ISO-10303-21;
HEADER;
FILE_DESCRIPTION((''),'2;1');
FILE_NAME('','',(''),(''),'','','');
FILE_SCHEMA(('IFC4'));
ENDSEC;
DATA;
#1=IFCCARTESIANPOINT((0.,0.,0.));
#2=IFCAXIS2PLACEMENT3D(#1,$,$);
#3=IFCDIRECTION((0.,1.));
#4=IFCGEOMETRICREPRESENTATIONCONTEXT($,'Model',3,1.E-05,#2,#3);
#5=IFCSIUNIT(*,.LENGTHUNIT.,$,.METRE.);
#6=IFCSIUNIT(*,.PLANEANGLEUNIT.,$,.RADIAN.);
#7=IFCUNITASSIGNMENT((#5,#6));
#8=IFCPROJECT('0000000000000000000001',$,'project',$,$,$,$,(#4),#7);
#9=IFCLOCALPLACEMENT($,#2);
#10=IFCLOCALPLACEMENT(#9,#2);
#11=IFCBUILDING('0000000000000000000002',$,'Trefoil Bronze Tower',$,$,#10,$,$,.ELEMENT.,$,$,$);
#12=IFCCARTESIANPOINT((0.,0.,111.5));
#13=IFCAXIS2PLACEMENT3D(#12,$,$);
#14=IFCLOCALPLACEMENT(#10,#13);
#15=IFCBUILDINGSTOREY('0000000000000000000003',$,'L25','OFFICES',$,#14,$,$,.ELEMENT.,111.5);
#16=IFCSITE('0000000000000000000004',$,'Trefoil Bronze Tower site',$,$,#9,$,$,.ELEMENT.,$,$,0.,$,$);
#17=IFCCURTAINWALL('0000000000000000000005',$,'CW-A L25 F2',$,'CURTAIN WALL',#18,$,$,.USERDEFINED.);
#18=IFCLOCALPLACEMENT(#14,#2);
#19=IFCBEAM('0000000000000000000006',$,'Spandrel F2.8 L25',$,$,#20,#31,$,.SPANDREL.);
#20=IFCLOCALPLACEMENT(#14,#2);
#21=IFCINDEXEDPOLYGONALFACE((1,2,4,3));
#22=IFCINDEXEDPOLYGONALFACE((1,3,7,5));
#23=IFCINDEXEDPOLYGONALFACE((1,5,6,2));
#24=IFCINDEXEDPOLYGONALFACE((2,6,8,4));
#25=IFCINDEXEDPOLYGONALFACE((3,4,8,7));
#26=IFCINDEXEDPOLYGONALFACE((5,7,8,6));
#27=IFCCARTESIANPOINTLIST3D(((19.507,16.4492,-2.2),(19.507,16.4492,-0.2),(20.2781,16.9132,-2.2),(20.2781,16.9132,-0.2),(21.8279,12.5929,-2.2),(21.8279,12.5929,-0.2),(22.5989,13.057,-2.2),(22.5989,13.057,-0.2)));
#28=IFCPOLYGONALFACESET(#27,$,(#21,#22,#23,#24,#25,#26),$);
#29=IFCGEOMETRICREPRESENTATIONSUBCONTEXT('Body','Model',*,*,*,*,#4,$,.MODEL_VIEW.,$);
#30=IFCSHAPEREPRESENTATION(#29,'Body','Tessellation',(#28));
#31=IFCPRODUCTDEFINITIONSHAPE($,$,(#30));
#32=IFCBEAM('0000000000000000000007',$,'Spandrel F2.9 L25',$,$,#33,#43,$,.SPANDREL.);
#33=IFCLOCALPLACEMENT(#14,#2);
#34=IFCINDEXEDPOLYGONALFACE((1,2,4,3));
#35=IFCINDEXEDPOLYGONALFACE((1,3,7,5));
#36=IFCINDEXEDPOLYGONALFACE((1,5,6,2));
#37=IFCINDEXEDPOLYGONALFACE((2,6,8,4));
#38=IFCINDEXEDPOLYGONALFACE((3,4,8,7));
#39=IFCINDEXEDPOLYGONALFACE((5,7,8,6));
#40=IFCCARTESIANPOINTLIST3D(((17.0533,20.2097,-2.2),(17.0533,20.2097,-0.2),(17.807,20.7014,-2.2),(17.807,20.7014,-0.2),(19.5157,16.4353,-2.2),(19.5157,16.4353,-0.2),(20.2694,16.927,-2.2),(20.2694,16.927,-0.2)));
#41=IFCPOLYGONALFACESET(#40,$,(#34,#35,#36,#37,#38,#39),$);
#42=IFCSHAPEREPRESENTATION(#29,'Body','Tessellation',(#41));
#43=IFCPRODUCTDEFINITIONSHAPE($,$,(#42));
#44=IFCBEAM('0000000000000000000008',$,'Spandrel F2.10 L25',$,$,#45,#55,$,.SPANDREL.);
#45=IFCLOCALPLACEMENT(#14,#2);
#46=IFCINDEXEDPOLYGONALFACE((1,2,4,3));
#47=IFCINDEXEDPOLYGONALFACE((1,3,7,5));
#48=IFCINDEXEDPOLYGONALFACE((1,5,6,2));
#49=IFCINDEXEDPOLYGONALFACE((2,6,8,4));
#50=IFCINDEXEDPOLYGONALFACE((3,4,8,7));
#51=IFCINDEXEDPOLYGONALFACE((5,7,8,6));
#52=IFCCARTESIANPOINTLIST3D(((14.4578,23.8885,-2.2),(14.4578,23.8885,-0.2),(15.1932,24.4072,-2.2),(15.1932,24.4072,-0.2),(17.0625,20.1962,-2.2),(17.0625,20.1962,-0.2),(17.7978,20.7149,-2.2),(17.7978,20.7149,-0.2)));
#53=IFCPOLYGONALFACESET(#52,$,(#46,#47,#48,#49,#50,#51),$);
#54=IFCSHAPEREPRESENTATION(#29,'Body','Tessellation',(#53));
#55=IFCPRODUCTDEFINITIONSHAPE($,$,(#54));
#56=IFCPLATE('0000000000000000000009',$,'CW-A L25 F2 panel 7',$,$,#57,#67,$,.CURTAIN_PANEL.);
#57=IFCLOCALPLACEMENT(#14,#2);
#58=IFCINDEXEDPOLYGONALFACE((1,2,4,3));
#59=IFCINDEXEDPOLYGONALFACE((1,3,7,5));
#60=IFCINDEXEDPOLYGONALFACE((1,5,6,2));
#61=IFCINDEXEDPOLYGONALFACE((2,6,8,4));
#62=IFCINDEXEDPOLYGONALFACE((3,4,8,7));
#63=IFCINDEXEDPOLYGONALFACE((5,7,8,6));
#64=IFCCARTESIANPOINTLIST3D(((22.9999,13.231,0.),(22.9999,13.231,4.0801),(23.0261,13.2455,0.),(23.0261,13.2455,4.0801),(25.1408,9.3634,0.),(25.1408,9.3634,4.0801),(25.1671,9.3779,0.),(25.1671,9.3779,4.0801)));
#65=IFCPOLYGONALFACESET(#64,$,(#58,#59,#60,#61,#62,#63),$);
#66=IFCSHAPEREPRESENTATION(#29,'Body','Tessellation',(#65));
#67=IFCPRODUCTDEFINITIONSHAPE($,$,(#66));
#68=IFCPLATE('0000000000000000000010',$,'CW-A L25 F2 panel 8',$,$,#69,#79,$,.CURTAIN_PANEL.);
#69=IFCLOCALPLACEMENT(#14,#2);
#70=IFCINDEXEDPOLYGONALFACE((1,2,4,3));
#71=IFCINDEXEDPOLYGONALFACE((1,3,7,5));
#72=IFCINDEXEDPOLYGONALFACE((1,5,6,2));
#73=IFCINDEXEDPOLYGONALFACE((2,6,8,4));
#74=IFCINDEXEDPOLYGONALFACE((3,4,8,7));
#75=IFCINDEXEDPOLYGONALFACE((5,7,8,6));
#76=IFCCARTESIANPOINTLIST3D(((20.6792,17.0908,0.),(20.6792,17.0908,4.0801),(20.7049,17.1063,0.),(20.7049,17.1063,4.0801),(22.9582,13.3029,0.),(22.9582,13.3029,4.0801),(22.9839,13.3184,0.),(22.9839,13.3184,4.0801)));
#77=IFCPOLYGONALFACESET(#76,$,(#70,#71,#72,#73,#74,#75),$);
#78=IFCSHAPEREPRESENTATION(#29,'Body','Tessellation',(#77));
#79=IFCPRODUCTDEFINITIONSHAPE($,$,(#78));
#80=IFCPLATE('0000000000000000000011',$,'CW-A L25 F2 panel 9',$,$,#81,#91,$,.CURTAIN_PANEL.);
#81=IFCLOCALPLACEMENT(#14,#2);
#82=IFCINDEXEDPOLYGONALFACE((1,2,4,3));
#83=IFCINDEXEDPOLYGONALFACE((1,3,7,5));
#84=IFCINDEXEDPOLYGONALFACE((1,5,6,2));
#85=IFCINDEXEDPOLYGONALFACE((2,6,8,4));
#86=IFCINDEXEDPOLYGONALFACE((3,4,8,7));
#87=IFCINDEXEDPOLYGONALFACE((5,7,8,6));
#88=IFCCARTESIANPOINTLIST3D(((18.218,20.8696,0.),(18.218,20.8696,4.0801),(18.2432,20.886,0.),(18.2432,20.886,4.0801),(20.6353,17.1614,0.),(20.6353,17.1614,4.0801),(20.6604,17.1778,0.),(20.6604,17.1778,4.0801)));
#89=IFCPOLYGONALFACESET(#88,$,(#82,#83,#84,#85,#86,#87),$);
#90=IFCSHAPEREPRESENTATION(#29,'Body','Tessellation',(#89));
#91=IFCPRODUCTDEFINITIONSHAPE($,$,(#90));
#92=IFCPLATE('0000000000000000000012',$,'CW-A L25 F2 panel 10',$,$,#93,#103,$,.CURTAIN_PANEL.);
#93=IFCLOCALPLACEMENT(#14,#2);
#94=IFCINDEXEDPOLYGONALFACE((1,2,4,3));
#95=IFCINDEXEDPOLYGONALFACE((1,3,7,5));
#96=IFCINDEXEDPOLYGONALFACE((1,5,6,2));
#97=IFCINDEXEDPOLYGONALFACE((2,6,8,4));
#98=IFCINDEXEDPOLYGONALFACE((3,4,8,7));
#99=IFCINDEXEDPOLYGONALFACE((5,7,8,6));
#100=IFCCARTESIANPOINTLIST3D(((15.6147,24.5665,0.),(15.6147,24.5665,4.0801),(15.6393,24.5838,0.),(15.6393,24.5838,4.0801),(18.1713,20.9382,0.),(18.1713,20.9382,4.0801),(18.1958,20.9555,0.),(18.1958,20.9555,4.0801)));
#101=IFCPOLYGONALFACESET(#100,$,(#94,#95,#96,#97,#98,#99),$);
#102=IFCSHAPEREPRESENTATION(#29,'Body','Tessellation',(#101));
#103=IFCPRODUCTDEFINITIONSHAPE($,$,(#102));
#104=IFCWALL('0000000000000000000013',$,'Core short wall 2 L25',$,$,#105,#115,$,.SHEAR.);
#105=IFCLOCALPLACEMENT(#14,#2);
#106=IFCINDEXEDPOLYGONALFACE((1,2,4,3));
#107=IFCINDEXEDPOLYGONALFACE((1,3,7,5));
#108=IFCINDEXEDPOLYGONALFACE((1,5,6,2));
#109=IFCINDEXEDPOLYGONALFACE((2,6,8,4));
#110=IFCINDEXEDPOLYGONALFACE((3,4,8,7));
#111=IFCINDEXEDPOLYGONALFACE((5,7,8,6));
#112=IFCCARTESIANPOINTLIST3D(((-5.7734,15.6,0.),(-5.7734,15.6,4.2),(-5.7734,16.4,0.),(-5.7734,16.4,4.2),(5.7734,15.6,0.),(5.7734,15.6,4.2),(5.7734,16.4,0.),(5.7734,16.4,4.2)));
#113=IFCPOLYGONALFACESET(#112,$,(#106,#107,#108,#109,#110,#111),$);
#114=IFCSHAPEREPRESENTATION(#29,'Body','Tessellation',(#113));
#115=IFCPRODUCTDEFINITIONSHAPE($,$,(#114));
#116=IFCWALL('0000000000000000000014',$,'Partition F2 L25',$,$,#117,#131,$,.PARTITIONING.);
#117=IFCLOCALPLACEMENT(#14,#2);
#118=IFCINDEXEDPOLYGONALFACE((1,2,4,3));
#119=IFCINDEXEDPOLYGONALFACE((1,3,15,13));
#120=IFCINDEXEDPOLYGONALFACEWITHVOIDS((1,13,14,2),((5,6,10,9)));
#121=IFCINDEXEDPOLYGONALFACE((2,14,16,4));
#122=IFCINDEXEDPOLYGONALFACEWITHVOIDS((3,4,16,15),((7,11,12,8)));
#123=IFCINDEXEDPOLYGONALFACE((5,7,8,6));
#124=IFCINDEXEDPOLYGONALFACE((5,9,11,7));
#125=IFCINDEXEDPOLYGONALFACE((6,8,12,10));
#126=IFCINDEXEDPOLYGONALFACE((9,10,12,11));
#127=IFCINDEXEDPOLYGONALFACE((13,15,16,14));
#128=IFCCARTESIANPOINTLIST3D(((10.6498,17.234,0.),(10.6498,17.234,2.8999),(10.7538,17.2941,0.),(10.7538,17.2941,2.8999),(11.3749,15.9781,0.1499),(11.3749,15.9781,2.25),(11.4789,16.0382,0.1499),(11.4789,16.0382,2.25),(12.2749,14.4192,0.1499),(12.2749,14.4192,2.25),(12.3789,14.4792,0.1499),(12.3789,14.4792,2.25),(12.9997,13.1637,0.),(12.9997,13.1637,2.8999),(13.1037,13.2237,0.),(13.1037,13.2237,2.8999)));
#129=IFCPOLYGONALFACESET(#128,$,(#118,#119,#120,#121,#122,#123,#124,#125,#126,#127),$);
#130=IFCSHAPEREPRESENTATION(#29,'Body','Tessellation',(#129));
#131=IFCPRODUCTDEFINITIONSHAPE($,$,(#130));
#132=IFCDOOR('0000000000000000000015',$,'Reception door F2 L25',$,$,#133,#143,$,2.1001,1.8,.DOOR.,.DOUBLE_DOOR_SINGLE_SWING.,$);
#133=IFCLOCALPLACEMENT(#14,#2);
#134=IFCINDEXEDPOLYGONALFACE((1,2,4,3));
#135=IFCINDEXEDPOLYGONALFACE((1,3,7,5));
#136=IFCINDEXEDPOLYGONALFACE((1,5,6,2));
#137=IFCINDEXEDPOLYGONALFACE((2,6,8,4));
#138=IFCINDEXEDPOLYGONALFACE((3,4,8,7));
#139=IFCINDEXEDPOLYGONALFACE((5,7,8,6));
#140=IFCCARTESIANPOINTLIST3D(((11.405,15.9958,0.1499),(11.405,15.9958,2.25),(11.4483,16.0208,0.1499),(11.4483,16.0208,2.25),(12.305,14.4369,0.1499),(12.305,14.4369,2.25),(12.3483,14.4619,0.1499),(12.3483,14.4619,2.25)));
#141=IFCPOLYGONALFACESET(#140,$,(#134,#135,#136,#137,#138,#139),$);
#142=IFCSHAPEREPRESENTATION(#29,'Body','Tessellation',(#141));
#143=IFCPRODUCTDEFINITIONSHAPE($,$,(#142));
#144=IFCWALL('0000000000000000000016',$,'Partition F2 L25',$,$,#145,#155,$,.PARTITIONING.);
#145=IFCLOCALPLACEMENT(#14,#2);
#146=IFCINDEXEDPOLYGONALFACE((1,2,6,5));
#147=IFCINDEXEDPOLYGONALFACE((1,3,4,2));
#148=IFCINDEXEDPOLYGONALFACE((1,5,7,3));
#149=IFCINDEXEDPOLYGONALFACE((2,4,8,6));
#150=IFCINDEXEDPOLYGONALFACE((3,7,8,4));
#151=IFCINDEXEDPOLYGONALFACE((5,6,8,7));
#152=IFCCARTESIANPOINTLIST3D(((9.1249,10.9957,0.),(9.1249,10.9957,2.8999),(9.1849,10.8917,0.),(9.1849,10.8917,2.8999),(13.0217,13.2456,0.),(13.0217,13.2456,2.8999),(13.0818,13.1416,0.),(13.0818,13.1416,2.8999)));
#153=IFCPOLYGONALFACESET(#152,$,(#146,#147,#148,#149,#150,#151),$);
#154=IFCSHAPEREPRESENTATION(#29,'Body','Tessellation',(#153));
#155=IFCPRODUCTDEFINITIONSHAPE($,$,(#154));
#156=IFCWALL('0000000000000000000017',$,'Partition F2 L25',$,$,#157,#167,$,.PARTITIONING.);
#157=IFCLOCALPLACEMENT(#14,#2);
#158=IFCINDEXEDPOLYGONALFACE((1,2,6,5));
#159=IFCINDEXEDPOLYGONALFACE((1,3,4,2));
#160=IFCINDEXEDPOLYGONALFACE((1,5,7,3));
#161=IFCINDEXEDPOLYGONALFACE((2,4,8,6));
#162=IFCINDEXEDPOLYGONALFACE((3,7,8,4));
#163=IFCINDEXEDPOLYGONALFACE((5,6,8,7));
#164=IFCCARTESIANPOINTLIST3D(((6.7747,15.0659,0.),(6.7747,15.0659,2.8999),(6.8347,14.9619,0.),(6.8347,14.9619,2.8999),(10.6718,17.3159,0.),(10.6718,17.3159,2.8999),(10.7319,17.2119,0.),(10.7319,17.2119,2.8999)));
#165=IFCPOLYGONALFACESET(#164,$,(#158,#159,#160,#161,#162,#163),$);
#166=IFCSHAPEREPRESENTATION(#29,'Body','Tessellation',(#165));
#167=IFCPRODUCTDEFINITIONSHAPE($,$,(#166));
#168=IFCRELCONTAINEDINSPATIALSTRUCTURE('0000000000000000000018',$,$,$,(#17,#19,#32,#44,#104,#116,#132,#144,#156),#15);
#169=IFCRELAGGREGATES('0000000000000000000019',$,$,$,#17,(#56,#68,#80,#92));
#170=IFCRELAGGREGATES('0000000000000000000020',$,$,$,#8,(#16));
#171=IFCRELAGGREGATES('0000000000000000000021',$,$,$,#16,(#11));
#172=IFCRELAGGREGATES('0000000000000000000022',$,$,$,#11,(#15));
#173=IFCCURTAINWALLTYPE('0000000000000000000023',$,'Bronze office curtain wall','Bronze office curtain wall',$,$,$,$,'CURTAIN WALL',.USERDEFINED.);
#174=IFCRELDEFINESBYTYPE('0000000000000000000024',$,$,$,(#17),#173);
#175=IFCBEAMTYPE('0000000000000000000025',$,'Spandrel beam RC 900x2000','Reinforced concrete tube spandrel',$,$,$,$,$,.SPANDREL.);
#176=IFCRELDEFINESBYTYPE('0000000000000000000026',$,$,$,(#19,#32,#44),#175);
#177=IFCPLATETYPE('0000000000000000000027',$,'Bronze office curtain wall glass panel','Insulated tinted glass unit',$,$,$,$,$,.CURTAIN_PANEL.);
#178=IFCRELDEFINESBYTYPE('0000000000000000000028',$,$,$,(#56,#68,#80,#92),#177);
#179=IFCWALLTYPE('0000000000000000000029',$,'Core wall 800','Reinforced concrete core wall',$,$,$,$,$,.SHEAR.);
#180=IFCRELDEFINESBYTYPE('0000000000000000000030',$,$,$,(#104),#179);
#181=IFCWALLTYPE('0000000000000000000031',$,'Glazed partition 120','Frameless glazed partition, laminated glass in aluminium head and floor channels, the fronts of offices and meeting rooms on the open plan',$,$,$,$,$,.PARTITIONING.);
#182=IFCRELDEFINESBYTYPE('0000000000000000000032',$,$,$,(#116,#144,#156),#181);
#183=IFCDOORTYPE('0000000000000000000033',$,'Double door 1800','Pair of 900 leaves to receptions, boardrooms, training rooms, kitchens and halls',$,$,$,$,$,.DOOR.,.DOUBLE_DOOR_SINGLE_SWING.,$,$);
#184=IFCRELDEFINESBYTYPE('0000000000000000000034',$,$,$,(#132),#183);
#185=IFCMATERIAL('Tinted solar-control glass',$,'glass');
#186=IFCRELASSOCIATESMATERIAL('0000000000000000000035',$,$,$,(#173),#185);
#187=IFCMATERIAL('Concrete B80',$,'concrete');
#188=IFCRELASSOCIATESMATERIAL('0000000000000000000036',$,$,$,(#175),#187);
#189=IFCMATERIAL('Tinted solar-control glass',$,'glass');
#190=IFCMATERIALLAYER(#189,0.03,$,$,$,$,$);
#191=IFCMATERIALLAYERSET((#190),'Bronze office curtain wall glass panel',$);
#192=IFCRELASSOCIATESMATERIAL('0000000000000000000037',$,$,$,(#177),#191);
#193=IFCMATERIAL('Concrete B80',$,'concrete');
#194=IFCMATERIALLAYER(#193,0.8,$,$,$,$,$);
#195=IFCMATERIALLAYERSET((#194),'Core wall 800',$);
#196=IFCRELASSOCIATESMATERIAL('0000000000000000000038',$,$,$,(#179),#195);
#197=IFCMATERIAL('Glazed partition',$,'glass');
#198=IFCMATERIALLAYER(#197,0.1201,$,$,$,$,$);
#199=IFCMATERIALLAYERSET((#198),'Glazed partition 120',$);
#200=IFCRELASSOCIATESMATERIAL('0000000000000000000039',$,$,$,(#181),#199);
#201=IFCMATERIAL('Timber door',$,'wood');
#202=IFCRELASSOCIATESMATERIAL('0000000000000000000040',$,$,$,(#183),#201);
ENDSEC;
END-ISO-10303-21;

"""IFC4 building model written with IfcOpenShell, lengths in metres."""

from ifc_helpers import new_model, si_unit, direction, frame, frame_2d, origin, origin_2d, place, context, subcontext, project, spatial, rectangle, extrude, material, layer, layer_set, material_profile, profile_set, type_object, element, fill, aggregate, save


model = new_model("IFC4")

# Units and contexts
model_context = context("Model", 3, precision=1e-05, world=origin(), true_north=direction((0.0, 1.0)))
body_context = subcontext(model_context, "Body", "Model", "MODEL_VIEW")
ifc_project = project(units=[si_unit("LENGTHUNIT", "METRE"), si_unit("PLANEANGLEUNIT", "RADIAN")], contexts=[model_context])

# Site, building, storey
site_placement = place(None, origin())
site = spatial("IfcSite", under=ifc_project, at=site_placement, Name="Trefoil Bronze Tower site", CompositionType="ELEMENT", RefElevation=0.0)
building_placement = place(site_placement, origin())
building = spatial("IfcBuilding", under=site, at=building_placement, Name="Trefoil Bronze Tower", CompositionType="ELEMENT")
storey_placement = place(building_placement, frame((0.0, 0.0, 111.5)))
storey = spatial("IfcBuildingStorey", under=building, at=storey_placement, Name="L25", Description="OFFICES", CompositionType="ELEMENT", Elevation=111.5)

# Curtain wall
ifc_material_1 = material(Name="Tinted solar-control glass", Category="glass")
curtain_wall_type = type_object("IfcCurtainWallType", Name="Bronze office curtain wall", Description="Bronze office curtain wall", ElementType="CURTAIN WALL", PredefinedType="USERDEFINED", material=ifc_material_1)
curtain_wall_placement = place(storey_placement, origin())
curtain_wall = element("IfcCurtainWall", 1, at=curtain_wall_placement, inside=storey, type_object=curtain_wall_type, Name="CW-A L25 F2", ObjectType="CURTAIN WALL", PredefinedType="USERDEFINED")

# Beams
ifc_material_2 = material(Name="Concrete B80", Category="concrete")
ifc_material_profile_1 = material_profile(ifc_material_2, rectangle(XDim=0.8999, YDim=2.0, at=origin_2d()), Name="RC 900x2000")
ifc_profile_set_1 = profile_set([ifc_material_profile_1], Name="Concrete B80")
beam_type_1 = type_object("IfcBeamType", Name="Spandrel beam RC 900x2000", Description="Reinforced concrete tube spandrel", PredefinedType="SPANDREL", material=ifc_profile_set_1)
beam_1_placement = place(storey_placement, frame((22.2134, 12.825, -1.2), z_axis=(-0.515652, 0.856798, 0.0), x_axis=(-0.856798, -0.515652, 0.0)))
element("IfcBeam", 2, at=beam_1_placement, inside=storey, type_object=beam_type_1, Name="Spandrel F2.8 L25", PredefinedType="SPANDREL", context=body_context, shape_type="SweptSolid", body=[
    extrude(rectangle(XDim=0.8999, YDim=2.0, at=origin_2d()), origin(), (0.0, 0.0, 1.0), 4.5007),
])
beam_2_placement = place(storey_placement, frame((19.8926, 16.6812, -1.2), z_axis=(-0.546397, 0.837527, 0.0), x_axis=(-0.837527, -0.546397, 0.0)))
element("IfcBeam", 3, at=beam_2_placement, inside=storey, type_object=beam_type_1, Name="Spandrel F2.9 L25", PredefinedType="SPANDREL", context=body_context, shape_type="SweptSolid", body=[
    extrude(rectangle(XDim=0.8999, YDim=2.0, at=origin_2d()), origin(), (0.0, 0.0, 1.0), 4.5066),
])
beam_3_placement = place(storey_placement, frame((17.4302, 20.4556, -1.2), z_axis=(-0.576439, 0.81714, 0.0), x_axis=(-0.81714, -0.576439, 0.0)))
element("IfcBeam", 4, at=beam_3_placement, inside=storey, type_object=beam_type_1, Name="Spandrel F2.10 L25", PredefinedType="SPANDREL", context=body_context, shape_type="SweptSolid", body=[
    extrude(rectangle(XDim=0.8999, YDim=2.0, at=origin_2d()), origin(), (0.0, 0.0, 1.0), 4.5186),
])

# Plates
ifc_material_3 = material(Name="Tinted solar-control glass", Category="glass")
ifc_layer_1 = layer(ifc_material_3, 0.03)
ifc_layer_set_1 = layer_set([ifc_layer_1], Name="Bronze office curtain wall glass panel")
plate_type = type_object("IfcPlateType", Name="Bronze office curtain wall glass panel", Description="Insulated tinted glass unit", PredefinedType="CURTAIN_PANEL", material=ifc_layer_set_1)
plate_1_placement = place(storey_placement, frame((24.0835, 11.3044, 0.0), z_axis=(0.0, 0.0, 1.0), x_axis=(-0.484312, 0.874895, 0.0)))
plate_1 = element("IfcPlate", 5, at=plate_1_placement, type_object=plate_type, Name="CW-A L25 F2 panel 7", PredefinedType="CURTAIN_PANEL", context=body_context, shape_type="SweptSolid", body=[
    extrude(rectangle(XDim=4.4207, YDim=0.03, at=origin_2d()), origin(), (0.0, 0.0, 1.0), 4.0801),
])
plate_2_placement = place(storey_placement, frame((21.8315, 15.2046, 0.0), z_axis=(0.0, 0.0, 1.0), x_axis=(-0.515525, 0.856874, 0.0)))
plate_2 = element("IfcPlate", 6, at=plate_2_placement, type_object=plate_type, Name="CW-A L25 F2 panel 8", PredefinedType="CURTAIN_PANEL", context=body_context, shape_type="SweptSolid", body=[
    extrude(rectangle(XDim=4.4207, YDim=0.03, at=origin_2d()), origin(), (0.0, 0.0, 1.0), 4.0801),
])
plate_3_placement = place(storey_placement, frame((19.4392, 19.0237, 0.0), z_axis=(0.0, 0.0, 1.0), x_axis=(-0.546089, 0.837727, 0.0)))
plate_3 = element("IfcPlate", 7, at=plate_3_placement, type_object=plate_type, Name="CW-A L25 F2 panel 9", PredefinedType="CURTAIN_PANEL", context=body_context, shape_type="SweptSolid", body=[
    extrude(rectangle(XDim=4.4265, YDim=0.03, at=origin_2d()), origin(), (0.0, 0.0, 1.0), 4.0801),
])
plate_4_placement = place(storey_placement, frame((16.9053, 22.761, 0.0), z_axis=(0.0, 0.0, 1.0), x_axis=(-0.575999, 0.81745, 0.0)))
plate_4 = element("IfcPlate", 8, at=plate_4_placement, type_object=plate_type, Name="CW-A L25 F2 panel 10", PredefinedType="CURTAIN_PANEL", context=body_context, shape_type="SweptSolid", body=[
    extrude(rectangle(XDim=4.4385, YDim=0.03, at=origin_2d()), origin(), (0.0, 0.0, 1.0), 4.0801),
])
aggregate(curtain_wall, [plate_1, plate_2, plate_3, plate_4])

# Wall
ifc_material_4 = material(Name="Concrete B80", Category="concrete")
ifc_layer_2 = layer(ifc_material_4, 0.8)
ifc_layer_set_2 = layer_set([ifc_layer_2], Name="Core wall 800")
wall_type_1 = type_object("IfcWallType", Name="Core wall 800", Description="Reinforced concrete core wall", PredefinedType="SHEAR", material=ifc_layer_set_2)
wall_1_placement = place(storey_placement, frame((5.7734, 16.0, 0.0), z_axis=(0.0, 0.0, 1.0), x_axis=(-1.0, 0.0, 0.0)))
element("IfcWall", 9, at=wall_1_placement, inside=storey, type_object=wall_type_1, Name="Core short wall 2 L25", PredefinedType="SHEAR", context=body_context, shape_type="SweptSolid", body=[
    extrude(rectangle(XDim=11.5469, YDim=0.8, at=frame_2d((5.7734, 0.0))), origin(), (0.0, 0.0, 1.0), 4.2),
])

# Wall, opening, door
ifc_material_5 = material(Name="Glazed partition", Category="glass")
ifc_layer_3 = layer(ifc_material_5, 0.1201)
ifc_layer_set_3 = layer_set([ifc_layer_3], Name="Glazed partition 120")
wall_type_2 = type_object("IfcWallType", Name="Glazed partition 120", Description="Frameless glazed partition, laminated glass in aluminium head and floor channels, the fronts of offices and meeting rooms on the open plan", PredefinedType="PARTITIONING", material=ifc_layer_set_3)
wall_2_placement = place(storey_placement, frame((13.0518, 13.1936, 0.0), z_axis=(0.0, 0.0, 1.0), x_axis=(-0.499977, 0.866039, 0.0)))
wall_2 = element("IfcWall", 10, at=wall_2_placement, inside=storey, type_object=wall_type_2, Name="Partition F2 L25", PredefinedType="PARTITIONING", context=body_context, shape_type="SweptSolid", body=[
    extrude(rectangle(XDim=4.7, YDim=0.1201, at=frame_2d((2.3501, 0.0))), origin(), (0.0, 0.0, 1.0), 2.8999),
])
opening_1_placement = place(wall_2_placement, frame((1.45, 0.0, 0.1499)))
opening_1 = element("IfcOpeningElement", 11, at=opening_1_placement, cuts=wall_2, PredefinedType="OPENING", context=body_context, shape_type="SweptSolid", body=[
    extrude(rectangle(XDim=1.8, YDim=2.1001, at=frame_2d((0.8999, 1.05))), frame((0.0, 0.0701, 0.0), z_axis=(0.0, -1.0, 0.0), x_axis=(1.0, 0.0, 0.0)), (0.0, 0.0, 1.0), 0.1401),
])
ifc_material_6 = material(Name="Timber door", Category="wood")
door_type_1 = type_object("IfcDoorType", Name="Double door 1800", Description="Pair of 900 leaves to receptions, boardrooms, training rooms, kitchens and halls", OperationType="DOUBLE_DOOR_SINGLE_SWING", PredefinedType="DOOR", material=ifc_material_6)
door_1_placement = place(opening_1_placement, frame((1.8, 0.0, 0.0), z_axis=(0.0, 0.0, 1.0), x_axis=(-1.0, 0.0, 0.0)))
door_1 = element("IfcDoor", 12, at=door_1_placement, inside=storey, type_object=door_type_1, Name="Reception door F2 L25", OperationType="DOUBLE_DOOR_SINGLE_SWING", OverallHeight=2.1001, OverallWidth=1.8, PredefinedType="DOOR", context=body_context, shape_type="SweptSolid", body=[
    extrude(rectangle(XDim=1.8, YDim=2.1001, at=frame_2d((0.8999, 1.05))), frame((0.0, 0.0249, 0.0), z_axis=(0.0, -1.0, 0.0), x_axis=(1.0, 0.0, 0.0)), (0.0, 0.0, 1.0), 0.05),
])
fill(opening_1, door_1)

# Walls
wall_3_placement = place(storey_placement, frame((9.1548, 10.9436, 0.0), z_axis=(0.0, 0.0, 1.0), x_axis=(0.866018, 0.500014, 0.0)))
element("IfcWall", 13, at=wall_3_placement, inside=storey, type_object=wall_type_2, Name="Partition F2 L25", PredefinedType="PARTITIONING", context=body_context, shape_type="SweptSolid", body=[
    extrude(rectangle(XDim=4.4998, YDim=0.1201, at=frame_2d((2.25, 0.0))), origin(), (0.0, 0.0, 1.0), 2.8999),
])
wall_4_placement = place(storey_placement, frame((6.8047, 15.0139, 0.0), z_axis=(0.0, 0.0, 1.0), x_axis=(0.866031, 0.49999, 0.0)))
element("IfcWall", 14, at=wall_4_placement, inside=storey, type_object=wall_type_2, Name="Partition F2 L25", PredefinedType="PARTITIONING", context=body_context, shape_type="SweptSolid", body=[
    extrude(rectangle(XDim=4.5, YDim=0.1201, at=frame_2d((2.25, 0.0))), origin(), (0.0, 0.0, 1.0), 2.8999),
])

save(model, "model.ifc")
